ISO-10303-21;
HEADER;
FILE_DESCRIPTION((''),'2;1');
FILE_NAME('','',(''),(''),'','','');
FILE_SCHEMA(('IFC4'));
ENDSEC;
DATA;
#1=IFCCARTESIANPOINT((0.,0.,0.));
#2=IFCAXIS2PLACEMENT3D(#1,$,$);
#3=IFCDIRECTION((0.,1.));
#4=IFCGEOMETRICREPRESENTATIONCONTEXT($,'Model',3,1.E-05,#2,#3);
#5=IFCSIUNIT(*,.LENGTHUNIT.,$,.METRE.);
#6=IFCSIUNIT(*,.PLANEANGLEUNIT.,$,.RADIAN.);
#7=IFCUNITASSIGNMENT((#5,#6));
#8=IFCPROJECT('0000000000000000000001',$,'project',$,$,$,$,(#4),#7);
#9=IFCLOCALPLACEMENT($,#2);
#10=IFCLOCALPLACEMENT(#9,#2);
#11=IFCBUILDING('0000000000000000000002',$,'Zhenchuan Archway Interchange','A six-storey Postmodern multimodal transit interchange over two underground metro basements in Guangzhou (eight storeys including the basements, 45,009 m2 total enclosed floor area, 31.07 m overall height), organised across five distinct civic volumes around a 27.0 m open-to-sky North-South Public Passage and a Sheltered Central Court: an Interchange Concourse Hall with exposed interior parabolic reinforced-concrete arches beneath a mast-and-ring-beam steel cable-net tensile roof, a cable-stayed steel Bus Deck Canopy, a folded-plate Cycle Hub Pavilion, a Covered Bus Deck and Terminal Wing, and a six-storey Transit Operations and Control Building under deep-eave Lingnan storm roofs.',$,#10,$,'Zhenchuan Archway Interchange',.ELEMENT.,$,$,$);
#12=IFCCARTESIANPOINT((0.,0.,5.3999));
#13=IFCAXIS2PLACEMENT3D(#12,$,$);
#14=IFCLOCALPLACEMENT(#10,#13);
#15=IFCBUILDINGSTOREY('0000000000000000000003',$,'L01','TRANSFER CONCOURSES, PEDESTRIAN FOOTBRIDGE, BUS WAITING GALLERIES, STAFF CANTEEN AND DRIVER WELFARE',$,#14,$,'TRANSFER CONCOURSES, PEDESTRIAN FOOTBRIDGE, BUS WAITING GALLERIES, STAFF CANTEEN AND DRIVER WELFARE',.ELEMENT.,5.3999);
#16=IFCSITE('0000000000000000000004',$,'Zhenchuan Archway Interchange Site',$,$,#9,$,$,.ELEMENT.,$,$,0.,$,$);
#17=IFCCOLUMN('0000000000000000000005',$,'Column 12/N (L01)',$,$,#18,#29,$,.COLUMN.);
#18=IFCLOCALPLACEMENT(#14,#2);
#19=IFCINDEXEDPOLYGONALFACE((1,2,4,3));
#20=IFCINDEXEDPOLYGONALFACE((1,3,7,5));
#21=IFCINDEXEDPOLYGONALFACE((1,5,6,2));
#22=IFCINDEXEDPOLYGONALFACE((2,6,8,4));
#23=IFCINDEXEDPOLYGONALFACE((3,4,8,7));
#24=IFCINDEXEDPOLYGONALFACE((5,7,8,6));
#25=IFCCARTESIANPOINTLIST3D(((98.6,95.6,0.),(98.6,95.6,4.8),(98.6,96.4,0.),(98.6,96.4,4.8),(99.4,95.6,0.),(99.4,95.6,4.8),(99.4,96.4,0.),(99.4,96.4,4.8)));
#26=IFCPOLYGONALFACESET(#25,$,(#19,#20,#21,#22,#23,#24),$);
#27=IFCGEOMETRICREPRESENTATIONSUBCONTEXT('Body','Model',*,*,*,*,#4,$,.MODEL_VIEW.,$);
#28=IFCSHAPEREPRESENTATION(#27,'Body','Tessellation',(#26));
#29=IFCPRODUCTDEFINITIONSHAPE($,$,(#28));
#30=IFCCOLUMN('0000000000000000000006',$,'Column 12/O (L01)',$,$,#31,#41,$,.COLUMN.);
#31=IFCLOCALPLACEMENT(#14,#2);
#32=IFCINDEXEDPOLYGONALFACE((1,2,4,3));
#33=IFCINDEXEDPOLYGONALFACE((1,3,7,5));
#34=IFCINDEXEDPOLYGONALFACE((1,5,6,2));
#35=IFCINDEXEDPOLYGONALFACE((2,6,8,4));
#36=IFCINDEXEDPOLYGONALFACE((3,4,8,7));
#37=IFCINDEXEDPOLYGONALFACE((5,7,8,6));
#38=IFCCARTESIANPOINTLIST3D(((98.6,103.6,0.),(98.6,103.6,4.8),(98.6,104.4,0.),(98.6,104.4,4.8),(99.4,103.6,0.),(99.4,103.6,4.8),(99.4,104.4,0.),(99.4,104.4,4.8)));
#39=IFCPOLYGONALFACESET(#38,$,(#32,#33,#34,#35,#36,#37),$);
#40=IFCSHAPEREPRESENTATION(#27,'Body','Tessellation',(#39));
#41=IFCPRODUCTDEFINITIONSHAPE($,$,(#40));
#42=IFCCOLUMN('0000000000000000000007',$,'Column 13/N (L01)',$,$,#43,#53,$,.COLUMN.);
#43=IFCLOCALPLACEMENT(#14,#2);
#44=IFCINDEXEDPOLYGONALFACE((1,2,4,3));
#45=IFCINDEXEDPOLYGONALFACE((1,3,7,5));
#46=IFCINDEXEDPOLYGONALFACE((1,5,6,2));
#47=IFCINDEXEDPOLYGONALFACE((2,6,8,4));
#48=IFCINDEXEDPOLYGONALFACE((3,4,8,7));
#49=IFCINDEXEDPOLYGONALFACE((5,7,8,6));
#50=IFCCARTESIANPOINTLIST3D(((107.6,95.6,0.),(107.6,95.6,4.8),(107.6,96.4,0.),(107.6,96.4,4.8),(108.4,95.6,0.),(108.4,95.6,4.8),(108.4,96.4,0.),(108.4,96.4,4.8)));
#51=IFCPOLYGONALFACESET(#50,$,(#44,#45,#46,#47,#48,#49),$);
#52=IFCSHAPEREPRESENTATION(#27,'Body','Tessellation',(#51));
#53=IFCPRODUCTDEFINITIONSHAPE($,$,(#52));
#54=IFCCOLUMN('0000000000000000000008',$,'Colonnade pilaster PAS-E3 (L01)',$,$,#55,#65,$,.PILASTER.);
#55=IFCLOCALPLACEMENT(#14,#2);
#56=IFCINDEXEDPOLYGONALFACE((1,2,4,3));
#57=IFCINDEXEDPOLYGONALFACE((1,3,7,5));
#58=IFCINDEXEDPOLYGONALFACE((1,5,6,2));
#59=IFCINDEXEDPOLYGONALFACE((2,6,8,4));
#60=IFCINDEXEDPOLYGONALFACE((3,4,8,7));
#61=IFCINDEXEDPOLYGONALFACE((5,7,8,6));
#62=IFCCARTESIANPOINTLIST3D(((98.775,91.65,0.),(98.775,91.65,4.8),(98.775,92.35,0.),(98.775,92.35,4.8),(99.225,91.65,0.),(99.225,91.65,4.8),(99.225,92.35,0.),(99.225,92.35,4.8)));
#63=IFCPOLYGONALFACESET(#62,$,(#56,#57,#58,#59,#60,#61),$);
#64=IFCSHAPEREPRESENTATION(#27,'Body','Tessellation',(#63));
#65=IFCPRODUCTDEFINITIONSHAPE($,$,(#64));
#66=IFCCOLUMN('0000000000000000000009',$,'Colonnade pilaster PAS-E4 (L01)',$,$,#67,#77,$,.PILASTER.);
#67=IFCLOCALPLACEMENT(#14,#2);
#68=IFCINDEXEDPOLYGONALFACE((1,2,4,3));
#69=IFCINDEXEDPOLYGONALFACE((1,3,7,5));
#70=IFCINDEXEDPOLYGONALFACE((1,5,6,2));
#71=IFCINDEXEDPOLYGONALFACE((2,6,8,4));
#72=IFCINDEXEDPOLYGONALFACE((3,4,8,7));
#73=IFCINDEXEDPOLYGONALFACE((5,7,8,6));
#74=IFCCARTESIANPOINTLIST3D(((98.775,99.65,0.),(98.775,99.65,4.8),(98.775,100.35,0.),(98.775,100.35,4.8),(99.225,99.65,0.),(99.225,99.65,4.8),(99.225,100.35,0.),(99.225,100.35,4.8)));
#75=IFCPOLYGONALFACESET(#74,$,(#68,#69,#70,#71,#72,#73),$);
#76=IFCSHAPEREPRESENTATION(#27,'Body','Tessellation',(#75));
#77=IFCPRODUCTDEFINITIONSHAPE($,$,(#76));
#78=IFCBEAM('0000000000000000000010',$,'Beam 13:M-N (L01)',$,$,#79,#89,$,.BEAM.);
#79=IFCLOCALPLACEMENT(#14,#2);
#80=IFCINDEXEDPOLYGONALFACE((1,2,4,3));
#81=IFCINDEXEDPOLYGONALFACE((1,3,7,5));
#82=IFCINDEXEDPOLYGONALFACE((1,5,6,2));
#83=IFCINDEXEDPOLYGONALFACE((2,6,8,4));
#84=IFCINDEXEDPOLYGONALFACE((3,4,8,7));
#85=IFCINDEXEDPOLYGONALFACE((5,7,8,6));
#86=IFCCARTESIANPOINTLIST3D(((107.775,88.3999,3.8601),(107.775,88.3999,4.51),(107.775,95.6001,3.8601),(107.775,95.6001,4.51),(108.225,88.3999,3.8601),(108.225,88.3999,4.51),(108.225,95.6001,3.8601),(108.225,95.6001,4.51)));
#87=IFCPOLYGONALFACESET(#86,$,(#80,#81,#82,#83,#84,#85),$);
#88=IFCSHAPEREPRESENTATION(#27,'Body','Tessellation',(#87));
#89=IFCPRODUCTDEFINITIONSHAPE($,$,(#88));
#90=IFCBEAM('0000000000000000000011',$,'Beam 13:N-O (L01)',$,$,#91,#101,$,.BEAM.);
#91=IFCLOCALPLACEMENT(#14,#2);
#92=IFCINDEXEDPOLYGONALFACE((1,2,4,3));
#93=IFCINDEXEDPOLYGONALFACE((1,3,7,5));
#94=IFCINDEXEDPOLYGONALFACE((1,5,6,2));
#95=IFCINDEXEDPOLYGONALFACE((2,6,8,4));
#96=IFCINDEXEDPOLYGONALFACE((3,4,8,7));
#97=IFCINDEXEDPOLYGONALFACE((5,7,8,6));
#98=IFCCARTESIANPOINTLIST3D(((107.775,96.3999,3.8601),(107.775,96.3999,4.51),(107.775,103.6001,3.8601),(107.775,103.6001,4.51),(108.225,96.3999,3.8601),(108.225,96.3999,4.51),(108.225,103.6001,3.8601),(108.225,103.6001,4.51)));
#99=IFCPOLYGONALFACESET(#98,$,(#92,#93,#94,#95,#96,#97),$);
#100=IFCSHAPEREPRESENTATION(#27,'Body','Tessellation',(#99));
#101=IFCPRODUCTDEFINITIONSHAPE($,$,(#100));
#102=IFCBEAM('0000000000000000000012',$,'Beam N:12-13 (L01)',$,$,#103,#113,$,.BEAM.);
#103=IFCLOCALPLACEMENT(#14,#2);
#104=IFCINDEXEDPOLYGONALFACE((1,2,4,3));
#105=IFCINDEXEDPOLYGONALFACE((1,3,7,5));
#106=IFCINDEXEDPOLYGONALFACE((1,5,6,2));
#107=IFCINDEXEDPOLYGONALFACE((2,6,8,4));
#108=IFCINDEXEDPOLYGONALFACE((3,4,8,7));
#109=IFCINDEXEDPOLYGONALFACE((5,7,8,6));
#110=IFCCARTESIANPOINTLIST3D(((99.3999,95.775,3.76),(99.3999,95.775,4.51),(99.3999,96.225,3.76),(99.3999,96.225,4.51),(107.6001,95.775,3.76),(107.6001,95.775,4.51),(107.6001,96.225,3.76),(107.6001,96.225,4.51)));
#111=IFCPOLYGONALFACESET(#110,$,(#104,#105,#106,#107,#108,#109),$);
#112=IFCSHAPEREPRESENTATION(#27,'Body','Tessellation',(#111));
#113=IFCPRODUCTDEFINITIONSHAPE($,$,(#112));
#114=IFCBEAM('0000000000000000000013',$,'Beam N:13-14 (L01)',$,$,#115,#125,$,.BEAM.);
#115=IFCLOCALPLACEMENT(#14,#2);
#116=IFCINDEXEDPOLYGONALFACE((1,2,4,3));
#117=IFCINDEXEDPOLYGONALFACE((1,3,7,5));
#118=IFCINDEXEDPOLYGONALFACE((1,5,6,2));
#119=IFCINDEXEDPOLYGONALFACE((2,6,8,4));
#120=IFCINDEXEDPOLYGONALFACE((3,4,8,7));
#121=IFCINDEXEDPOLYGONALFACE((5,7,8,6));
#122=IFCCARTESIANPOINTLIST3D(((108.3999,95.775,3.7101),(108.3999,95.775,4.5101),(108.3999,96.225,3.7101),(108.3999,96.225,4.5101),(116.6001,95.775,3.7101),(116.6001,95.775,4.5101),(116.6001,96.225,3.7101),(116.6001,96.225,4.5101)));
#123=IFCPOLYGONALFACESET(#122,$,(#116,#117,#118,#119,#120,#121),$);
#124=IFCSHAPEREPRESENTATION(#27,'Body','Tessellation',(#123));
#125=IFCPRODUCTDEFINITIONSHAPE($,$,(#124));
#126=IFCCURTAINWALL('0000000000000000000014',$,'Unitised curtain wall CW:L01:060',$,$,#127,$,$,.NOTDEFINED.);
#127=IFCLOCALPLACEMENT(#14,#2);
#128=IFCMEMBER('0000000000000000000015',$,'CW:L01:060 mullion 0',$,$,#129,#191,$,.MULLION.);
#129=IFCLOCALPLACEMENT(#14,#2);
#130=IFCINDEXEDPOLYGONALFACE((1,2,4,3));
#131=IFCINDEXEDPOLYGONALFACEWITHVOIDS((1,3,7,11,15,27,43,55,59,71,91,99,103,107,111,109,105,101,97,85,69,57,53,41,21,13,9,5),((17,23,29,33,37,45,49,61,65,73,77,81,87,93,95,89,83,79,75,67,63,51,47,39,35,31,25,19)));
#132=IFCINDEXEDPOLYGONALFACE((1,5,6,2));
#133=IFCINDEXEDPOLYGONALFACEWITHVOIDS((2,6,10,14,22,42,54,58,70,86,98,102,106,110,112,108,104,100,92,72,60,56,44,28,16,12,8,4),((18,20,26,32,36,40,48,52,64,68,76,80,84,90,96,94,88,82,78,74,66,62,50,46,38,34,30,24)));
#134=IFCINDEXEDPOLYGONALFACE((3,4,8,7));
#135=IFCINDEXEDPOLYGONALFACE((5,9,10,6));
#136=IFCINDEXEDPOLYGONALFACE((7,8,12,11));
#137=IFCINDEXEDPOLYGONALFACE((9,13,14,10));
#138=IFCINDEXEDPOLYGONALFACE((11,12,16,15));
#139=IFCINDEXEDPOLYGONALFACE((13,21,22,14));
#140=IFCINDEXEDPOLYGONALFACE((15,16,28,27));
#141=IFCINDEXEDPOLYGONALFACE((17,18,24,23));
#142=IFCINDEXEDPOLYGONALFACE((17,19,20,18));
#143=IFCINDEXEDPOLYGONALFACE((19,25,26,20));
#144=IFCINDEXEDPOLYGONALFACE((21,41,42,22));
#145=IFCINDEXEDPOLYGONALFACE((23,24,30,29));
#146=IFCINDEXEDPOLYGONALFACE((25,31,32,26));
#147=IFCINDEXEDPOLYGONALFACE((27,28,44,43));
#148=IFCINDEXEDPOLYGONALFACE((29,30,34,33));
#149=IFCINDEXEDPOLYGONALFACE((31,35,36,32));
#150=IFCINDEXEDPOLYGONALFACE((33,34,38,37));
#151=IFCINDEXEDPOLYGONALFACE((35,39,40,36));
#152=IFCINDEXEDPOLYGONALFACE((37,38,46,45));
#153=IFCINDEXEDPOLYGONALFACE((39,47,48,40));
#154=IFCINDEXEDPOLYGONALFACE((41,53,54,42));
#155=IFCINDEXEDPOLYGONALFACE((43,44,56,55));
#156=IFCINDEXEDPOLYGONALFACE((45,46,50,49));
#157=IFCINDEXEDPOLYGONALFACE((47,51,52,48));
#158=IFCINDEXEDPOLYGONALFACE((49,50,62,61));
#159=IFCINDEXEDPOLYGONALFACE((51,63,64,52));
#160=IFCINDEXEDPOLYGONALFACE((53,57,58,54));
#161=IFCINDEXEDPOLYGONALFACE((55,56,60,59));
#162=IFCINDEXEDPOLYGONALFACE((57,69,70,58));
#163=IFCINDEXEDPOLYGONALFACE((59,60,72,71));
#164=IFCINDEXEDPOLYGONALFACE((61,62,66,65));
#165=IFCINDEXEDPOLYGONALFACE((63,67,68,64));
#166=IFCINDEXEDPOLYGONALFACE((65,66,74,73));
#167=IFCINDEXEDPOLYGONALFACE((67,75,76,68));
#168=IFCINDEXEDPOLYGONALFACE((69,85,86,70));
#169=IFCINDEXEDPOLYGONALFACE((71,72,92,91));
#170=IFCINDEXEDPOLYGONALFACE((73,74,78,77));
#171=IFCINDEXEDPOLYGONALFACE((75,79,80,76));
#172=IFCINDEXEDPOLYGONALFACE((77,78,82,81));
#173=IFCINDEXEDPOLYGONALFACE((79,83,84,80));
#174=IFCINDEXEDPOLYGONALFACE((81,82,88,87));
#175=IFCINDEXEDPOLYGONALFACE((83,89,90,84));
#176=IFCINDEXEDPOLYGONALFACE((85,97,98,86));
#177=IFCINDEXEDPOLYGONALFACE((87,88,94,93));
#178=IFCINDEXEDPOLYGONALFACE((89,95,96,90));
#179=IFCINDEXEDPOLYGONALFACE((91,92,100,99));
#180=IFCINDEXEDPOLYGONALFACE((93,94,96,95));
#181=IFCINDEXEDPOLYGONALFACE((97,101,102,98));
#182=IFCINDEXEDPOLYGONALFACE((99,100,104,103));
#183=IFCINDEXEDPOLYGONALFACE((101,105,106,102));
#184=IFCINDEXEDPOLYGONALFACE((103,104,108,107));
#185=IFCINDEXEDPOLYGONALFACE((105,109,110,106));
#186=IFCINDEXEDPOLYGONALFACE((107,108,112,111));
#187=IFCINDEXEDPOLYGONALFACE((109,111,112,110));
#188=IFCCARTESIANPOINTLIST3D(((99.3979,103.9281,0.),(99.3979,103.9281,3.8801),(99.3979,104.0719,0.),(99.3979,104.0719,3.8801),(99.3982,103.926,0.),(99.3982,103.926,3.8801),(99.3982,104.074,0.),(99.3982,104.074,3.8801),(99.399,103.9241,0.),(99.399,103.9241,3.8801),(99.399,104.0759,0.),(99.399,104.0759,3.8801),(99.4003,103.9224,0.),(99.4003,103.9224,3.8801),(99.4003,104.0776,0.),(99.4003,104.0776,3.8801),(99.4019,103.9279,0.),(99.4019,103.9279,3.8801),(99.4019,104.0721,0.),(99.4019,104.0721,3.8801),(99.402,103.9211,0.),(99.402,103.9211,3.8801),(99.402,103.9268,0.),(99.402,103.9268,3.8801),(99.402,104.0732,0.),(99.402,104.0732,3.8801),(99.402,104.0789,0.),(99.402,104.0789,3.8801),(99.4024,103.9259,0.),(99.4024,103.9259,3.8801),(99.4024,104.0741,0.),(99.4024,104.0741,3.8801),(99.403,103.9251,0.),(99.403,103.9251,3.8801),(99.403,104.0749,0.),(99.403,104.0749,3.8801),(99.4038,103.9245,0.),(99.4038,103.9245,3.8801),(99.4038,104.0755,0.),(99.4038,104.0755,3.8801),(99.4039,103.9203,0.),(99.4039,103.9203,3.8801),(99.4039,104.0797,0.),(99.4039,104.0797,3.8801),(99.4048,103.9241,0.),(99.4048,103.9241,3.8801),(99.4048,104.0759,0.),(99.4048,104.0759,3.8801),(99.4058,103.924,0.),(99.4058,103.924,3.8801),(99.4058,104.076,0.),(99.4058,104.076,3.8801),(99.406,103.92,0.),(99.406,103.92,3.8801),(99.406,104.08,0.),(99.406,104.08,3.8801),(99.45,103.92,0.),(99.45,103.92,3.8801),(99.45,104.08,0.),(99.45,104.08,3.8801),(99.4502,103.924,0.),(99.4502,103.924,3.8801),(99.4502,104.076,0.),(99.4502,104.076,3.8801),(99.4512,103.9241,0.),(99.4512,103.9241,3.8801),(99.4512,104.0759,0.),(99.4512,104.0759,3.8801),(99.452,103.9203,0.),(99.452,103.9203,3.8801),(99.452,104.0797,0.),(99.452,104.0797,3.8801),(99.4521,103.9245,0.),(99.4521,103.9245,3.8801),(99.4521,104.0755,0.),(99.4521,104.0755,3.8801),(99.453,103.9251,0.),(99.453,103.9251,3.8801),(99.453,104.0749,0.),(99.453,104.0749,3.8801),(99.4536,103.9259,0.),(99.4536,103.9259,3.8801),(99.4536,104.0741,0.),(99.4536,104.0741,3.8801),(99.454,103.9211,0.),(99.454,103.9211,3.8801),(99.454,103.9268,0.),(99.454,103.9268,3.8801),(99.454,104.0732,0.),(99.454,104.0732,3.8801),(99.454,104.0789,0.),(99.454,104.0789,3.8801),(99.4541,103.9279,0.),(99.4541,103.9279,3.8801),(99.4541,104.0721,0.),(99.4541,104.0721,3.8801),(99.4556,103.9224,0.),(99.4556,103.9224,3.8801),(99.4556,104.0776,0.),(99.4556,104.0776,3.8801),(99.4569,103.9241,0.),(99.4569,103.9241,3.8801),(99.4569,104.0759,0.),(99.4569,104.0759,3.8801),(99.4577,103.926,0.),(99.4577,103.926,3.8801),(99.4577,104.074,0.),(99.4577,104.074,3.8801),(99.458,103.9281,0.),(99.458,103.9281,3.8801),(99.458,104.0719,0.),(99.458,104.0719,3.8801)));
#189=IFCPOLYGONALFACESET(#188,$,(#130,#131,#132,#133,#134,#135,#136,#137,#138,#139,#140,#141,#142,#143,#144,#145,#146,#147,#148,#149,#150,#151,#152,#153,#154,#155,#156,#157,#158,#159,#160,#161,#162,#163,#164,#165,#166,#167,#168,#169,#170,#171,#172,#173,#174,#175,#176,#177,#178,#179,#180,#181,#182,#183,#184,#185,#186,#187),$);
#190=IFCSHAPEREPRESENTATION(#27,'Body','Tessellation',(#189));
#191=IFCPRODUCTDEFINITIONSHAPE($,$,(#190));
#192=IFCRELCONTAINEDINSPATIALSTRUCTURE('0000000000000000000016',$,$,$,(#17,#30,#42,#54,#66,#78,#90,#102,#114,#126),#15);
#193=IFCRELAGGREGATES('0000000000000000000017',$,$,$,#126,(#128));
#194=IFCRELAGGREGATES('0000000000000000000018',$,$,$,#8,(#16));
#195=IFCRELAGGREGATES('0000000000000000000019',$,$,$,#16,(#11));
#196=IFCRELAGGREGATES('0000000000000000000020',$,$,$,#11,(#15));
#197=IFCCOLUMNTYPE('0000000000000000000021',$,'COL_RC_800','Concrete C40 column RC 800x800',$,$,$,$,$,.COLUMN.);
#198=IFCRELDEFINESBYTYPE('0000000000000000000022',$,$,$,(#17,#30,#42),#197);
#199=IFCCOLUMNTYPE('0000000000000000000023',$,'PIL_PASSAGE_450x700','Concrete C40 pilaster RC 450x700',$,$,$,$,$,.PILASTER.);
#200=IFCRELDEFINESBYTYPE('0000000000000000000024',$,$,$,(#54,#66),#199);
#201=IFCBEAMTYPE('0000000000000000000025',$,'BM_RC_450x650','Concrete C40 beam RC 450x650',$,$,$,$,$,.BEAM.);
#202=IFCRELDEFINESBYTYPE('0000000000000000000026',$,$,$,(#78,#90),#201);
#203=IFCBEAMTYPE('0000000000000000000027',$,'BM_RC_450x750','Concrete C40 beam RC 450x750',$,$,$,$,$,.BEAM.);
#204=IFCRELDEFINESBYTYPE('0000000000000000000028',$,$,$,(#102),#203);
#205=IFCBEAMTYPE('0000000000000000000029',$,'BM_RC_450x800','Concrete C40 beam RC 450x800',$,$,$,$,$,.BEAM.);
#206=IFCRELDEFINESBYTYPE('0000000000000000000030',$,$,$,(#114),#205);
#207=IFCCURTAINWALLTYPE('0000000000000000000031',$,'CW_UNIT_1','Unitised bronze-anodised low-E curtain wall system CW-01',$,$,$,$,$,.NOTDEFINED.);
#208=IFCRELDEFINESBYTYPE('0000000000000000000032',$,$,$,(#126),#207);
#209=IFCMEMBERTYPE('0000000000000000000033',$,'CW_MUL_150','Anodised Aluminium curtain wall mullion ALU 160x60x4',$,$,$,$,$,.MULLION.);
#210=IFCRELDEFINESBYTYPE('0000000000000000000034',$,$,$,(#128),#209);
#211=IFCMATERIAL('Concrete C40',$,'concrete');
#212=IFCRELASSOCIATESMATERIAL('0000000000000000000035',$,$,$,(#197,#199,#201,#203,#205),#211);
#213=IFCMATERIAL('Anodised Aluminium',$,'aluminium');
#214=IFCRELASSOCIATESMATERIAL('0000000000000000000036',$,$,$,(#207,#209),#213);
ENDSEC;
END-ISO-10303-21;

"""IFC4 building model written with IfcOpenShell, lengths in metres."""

from ifc_helpers import new_model, si_unit, direction, frame, origin, origin_2d, place, context, subcontext, project, spatial, rectangle, hollow_rectangle, extrude, material, material_profile, profile_set, type_object, element, aggregate, save


model = new_model("IFC4")

# Units and contexts
model_context = context("Model", 3, precision=1e-05, world=origin(), true_north=direction((0.0, 1.0)))
body_context = subcontext(model_context, "Body", "Model", "MODEL_VIEW")
ifc_project = project(units=[si_unit("LENGTHUNIT", "METRE"), si_unit("PLANEANGLEUNIT", "RADIAN")], contexts=[model_context])

# Site, building, storey
site_placement = place(None, origin())
site = spatial("IfcSite", under=ifc_project, at=site_placement, Name="Zhenchuan Archway Interchange Site", CompositionType="ELEMENT", RefElevation=0.0)
building_placement = place(site_placement, origin())
building = spatial("IfcBuilding", under=site, at=building_placement, Name="Zhenchuan Archway Interchange", Description="A six-storey Postmodern multimodal transit interchange over two underground metro basements in Guangzhou (eight storeys including the basements, 45,009 m2 total enclosed floor area, 31.07 m overall height), organised across five distinct civic volumes around a 27.0 m open-to-sky North-South Public Passage and a Sheltered Central Court: an Interchange Concourse Hall with exposed interior parabolic reinforced-concrete arches beneath a mast-and-ring-beam steel cable-net tensile roof, a cable-stayed steel Bus Deck Canopy, a folded-plate Cycle Hub Pavilion, a Covered Bus Deck and Terminal Wing, and a six-storey Transit Operations and Control Building under deep-eave Lingnan storm roofs.", LongName="Zhenchuan Archway Interchange", CompositionType="ELEMENT")
storey_placement = place(building_placement, frame((0.0, 0.0, 5.3999)))
storey = spatial("IfcBuildingStorey", under=building, at=storey_placement, Name="L01", Description="TRANSFER CONCOURSES, PEDESTRIAN FOOTBRIDGE, BUS WAITING GALLERIES, STAFF CANTEEN AND DRIVER WELFARE", LongName="TRANSFER CONCOURSES, PEDESTRIAN FOOTBRIDGE, BUS WAITING GALLERIES, STAFF CANTEEN AND DRIVER WELFARE", CompositionType="ELEMENT", Elevation=5.3999)

# Columns
ifc_material_1 = material(Name="Concrete C40", Category="concrete")
ifc_material_profile_1 = material_profile(ifc_material_1, rectangle(XDim=0.8, YDim=0.8, at=origin_2d()), Name="RC 800x800")
ifc_profile_set_1 = profile_set([ifc_material_profile_1], Name="Concrete C40")
column_type_1 = type_object("IfcColumnType", Name="COL_RC_800", Description="Concrete C40 column RC 800x800", PredefinedType="COLUMN", material=ifc_profile_set_1)
for number, where, z_axis, x_axis, name in (
    (1, (99.0, 96.0, 0.0), (0.0, 0.0, 1.0), (1.0, 0.0, 0.0), "Column 12/N (L01)"),
    (2, (99.0, 104.0, 0.0), (0.0, 0.0, 1.0), (1.0, 0.0, 0.0), "Column 12/O (L01)"),
    (3, (108.0, 96.0, 0.0), (0.0, 0.0, 1.0), (1.0, 0.0, 0.0), "Column 13/N (L01)"),
):
    element("IfcColumn", number, at=place(storey_placement, frame(where, z_axis=z_axis, x_axis=x_axis)), inside=storey, type_object=column_type_1, Name=name, PredefinedType="COLUMN", context=body_context, shape_type="SweptSolid", body=[
        extrude(rectangle(XDim=0.8, YDim=0.8, at=origin_2d()), origin(), (0.0, 0.0, 1.0), 4.8),
    ])
ifc_material_profile_2 = material_profile(ifc_material_1, rectangle(XDim=0.45, YDim=0.7, at=origin_2d()), Name="RC 450x700")
ifc_profile_set_2 = profile_set([ifc_material_profile_2], Name="Concrete C40")
column_type_2 = type_object("IfcColumnType", Name="PIL_PASSAGE_450x700", Description="Concrete C40 pilaster RC 450x700", PredefinedType="PILASTER", material=ifc_profile_set_2)
for number, where, z_axis, x_axis, name in (
    (4, (99.0, 92.0, 0.0), (0.0, 0.0, 1.0), (1.0, 0.0, 0.0), "Colonnade pilaster PAS-E3 (L01)"),
    (5, (99.0, 100.0, 0.0), (0.0, 0.0, 1.0), (1.0, 0.0, 0.0), "Colonnade pilaster PAS-E4 (L01)"),
):
    element("IfcColumn", number, at=place(storey_placement, frame(where, z_axis=z_axis, x_axis=x_axis)), inside=storey, type_object=column_type_2, Name=name, PredefinedType="PILASTER", context=body_context, shape_type="SweptSolid", body=[
        extrude(rectangle(XDim=0.45, YDim=0.7, at=origin_2d()), origin(), (0.0, 0.0, 1.0), 4.8),
    ])

# Beams
ifc_material_profile_3 = material_profile(ifc_material_1, rectangle(XDim=0.45, YDim=0.6499, at=origin_2d()), Name="RC 450x650")
ifc_profile_set_3 = profile_set([ifc_material_profile_3], Name="Concrete C40")
beam_type_1 = type_object("IfcBeamType", Name="BM_RC_450x650", Description="Concrete C40 beam RC 450x650", PredefinedType="BEAM", material=ifc_profile_set_3)
for number, where, z_axis, x_axis, name in (
    (6, (108.0, 88.3999, 4.1851), (0.0, 1.0, 0.0), (-1.0, 0.0, 0.0), "Beam 13:M-N (L01)"),
    (7, (108.0, 96.3999, 4.1851), (0.0, 1.0, 0.0), (-1.0, 0.0, 0.0), "Beam 13:N-O (L01)"),
):
    element("IfcBeam", number, at=place(storey_placement, frame(where, z_axis=z_axis, x_axis=x_axis)), inside=storey, type_object=beam_type_1, Name=name, PredefinedType="BEAM", context=body_context, shape_type="SweptSolid", body=[
        extrude(rectangle(XDim=0.45, YDim=0.6499, at=origin_2d()), origin(), (0.0, 0.0, 1.0), 7.2002),
    ])
ifc_material_profile_4 = material_profile(ifc_material_1, rectangle(XDim=0.45, YDim=0.75, at=origin_2d()), Name="RC 450x750")
ifc_profile_set_4 = profile_set([ifc_material_profile_4], Name="Concrete C40")
beam_type_2 = type_object("IfcBeamType", Name="BM_RC_450x750", Description="Concrete C40 beam RC 450x750", PredefinedType="BEAM", material=ifc_profile_set_4)
beam_1_placement = place(storey_placement, frame((99.3999, 96.0, 4.135), z_axis=(1.0, 0.0, 0.0), x_axis=(0.0, 1.0, 0.0)))
element("IfcBeam", 8, at=beam_1_placement, inside=storey, type_object=beam_type_2, Name="Beam N:12-13 (L01)", PredefinedType="BEAM", context=body_context, shape_type="SweptSolid", body=[
    extrude(rectangle(XDim=0.45, YDim=0.75, at=origin_2d()), origin(), (0.0, 0.0, 1.0), 8.2002),
])
ifc_material_profile_5 = material_profile(ifc_material_1, rectangle(XDim=0.45, YDim=0.8, at=origin_2d()), Name="RC 450x800")
ifc_profile_set_5 = profile_set([ifc_material_profile_5], Name="Concrete C40")
beam_type_3 = type_object("IfcBeamType", Name="BM_RC_450x800", Description="Concrete C40 beam RC 450x800", PredefinedType="BEAM", material=ifc_profile_set_5)
beam_2_placement = place(storey_placement, frame((108.3999, 96.0, 4.1101), z_axis=(1.0, 0.0, 0.0), x_axis=(0.0, 1.0, 0.0)))
element("IfcBeam", 9, at=beam_2_placement, inside=storey, type_object=beam_type_3, Name="Beam N:13-14 (L01)", PredefinedType="BEAM", context=body_context, shape_type="SweptSolid", body=[
    extrude(rectangle(XDim=0.45, YDim=0.8, at=origin_2d()), origin(), (0.0, 0.0, 1.0), 8.2002),
])

# Curtain wall, member
ifc_material_2 = material(Name="Anodised Aluminium", Category="aluminium")
curtain_wall_type = type_object("IfcCurtainWallType", Name="CW_UNIT_1", Description="Unitised bronze-anodised low-E curtain wall system CW-01", PredefinedType="NOTDEFINED", material=ifc_material_2)
curtain_wall_placement = place(storey_placement, origin())
curtain_wall = element("IfcCurtainWall", 10, at=curtain_wall_placement, inside=storey, type_object=curtain_wall_type, Name="Unitised curtain wall CW:L01:060", PredefinedType="NOTDEFINED")
ifc_material_profile_6 = material_profile(ifc_material_2, hollow_rectangle(XDim=0.0601, YDim=0.1599, WallThickness=0.0039, InnerFilletRadius=0.0039, OuterFilletRadius=0.0081, at=origin_2d()), Name="ALU 160x60x4")
ifc_profile_set_6 = profile_set([ifc_material_profile_6], Name="Anodised Aluminium")
member_type_1 = type_object("IfcMemberType", Name="CW_MUL_150", Description="Anodised Aluminium curtain wall mullion ALU 160x60x4", PredefinedType="MULLION", material=ifc_profile_set_6)
member_1_placement = place(storey_placement, frame((99.428, 104.0, 0.0), z_axis=(0.0, 0.0, 1.0), x_axis=(1.0, 0.0, 0.0)))
member_1 = element("IfcMember", 11, at=member_1_placement, type_object=member_type_1, Name="CW:L01:060 mullion 0", PredefinedType="MULLION", context=body_context, shape_type="SweptSolid", body=[
    extrude(hollow_rectangle(XDim=0.0601, YDim=0.1599, WallThickness=0.0039, InnerFilletRadius=0.0039, OuterFilletRadius=0.0081, at=origin_2d()), origin(), (0.0, 0.0, 1.0), 3.8801),
])

aggregate(curtain_wall, [member_1])

save(model, "model.ifc")
